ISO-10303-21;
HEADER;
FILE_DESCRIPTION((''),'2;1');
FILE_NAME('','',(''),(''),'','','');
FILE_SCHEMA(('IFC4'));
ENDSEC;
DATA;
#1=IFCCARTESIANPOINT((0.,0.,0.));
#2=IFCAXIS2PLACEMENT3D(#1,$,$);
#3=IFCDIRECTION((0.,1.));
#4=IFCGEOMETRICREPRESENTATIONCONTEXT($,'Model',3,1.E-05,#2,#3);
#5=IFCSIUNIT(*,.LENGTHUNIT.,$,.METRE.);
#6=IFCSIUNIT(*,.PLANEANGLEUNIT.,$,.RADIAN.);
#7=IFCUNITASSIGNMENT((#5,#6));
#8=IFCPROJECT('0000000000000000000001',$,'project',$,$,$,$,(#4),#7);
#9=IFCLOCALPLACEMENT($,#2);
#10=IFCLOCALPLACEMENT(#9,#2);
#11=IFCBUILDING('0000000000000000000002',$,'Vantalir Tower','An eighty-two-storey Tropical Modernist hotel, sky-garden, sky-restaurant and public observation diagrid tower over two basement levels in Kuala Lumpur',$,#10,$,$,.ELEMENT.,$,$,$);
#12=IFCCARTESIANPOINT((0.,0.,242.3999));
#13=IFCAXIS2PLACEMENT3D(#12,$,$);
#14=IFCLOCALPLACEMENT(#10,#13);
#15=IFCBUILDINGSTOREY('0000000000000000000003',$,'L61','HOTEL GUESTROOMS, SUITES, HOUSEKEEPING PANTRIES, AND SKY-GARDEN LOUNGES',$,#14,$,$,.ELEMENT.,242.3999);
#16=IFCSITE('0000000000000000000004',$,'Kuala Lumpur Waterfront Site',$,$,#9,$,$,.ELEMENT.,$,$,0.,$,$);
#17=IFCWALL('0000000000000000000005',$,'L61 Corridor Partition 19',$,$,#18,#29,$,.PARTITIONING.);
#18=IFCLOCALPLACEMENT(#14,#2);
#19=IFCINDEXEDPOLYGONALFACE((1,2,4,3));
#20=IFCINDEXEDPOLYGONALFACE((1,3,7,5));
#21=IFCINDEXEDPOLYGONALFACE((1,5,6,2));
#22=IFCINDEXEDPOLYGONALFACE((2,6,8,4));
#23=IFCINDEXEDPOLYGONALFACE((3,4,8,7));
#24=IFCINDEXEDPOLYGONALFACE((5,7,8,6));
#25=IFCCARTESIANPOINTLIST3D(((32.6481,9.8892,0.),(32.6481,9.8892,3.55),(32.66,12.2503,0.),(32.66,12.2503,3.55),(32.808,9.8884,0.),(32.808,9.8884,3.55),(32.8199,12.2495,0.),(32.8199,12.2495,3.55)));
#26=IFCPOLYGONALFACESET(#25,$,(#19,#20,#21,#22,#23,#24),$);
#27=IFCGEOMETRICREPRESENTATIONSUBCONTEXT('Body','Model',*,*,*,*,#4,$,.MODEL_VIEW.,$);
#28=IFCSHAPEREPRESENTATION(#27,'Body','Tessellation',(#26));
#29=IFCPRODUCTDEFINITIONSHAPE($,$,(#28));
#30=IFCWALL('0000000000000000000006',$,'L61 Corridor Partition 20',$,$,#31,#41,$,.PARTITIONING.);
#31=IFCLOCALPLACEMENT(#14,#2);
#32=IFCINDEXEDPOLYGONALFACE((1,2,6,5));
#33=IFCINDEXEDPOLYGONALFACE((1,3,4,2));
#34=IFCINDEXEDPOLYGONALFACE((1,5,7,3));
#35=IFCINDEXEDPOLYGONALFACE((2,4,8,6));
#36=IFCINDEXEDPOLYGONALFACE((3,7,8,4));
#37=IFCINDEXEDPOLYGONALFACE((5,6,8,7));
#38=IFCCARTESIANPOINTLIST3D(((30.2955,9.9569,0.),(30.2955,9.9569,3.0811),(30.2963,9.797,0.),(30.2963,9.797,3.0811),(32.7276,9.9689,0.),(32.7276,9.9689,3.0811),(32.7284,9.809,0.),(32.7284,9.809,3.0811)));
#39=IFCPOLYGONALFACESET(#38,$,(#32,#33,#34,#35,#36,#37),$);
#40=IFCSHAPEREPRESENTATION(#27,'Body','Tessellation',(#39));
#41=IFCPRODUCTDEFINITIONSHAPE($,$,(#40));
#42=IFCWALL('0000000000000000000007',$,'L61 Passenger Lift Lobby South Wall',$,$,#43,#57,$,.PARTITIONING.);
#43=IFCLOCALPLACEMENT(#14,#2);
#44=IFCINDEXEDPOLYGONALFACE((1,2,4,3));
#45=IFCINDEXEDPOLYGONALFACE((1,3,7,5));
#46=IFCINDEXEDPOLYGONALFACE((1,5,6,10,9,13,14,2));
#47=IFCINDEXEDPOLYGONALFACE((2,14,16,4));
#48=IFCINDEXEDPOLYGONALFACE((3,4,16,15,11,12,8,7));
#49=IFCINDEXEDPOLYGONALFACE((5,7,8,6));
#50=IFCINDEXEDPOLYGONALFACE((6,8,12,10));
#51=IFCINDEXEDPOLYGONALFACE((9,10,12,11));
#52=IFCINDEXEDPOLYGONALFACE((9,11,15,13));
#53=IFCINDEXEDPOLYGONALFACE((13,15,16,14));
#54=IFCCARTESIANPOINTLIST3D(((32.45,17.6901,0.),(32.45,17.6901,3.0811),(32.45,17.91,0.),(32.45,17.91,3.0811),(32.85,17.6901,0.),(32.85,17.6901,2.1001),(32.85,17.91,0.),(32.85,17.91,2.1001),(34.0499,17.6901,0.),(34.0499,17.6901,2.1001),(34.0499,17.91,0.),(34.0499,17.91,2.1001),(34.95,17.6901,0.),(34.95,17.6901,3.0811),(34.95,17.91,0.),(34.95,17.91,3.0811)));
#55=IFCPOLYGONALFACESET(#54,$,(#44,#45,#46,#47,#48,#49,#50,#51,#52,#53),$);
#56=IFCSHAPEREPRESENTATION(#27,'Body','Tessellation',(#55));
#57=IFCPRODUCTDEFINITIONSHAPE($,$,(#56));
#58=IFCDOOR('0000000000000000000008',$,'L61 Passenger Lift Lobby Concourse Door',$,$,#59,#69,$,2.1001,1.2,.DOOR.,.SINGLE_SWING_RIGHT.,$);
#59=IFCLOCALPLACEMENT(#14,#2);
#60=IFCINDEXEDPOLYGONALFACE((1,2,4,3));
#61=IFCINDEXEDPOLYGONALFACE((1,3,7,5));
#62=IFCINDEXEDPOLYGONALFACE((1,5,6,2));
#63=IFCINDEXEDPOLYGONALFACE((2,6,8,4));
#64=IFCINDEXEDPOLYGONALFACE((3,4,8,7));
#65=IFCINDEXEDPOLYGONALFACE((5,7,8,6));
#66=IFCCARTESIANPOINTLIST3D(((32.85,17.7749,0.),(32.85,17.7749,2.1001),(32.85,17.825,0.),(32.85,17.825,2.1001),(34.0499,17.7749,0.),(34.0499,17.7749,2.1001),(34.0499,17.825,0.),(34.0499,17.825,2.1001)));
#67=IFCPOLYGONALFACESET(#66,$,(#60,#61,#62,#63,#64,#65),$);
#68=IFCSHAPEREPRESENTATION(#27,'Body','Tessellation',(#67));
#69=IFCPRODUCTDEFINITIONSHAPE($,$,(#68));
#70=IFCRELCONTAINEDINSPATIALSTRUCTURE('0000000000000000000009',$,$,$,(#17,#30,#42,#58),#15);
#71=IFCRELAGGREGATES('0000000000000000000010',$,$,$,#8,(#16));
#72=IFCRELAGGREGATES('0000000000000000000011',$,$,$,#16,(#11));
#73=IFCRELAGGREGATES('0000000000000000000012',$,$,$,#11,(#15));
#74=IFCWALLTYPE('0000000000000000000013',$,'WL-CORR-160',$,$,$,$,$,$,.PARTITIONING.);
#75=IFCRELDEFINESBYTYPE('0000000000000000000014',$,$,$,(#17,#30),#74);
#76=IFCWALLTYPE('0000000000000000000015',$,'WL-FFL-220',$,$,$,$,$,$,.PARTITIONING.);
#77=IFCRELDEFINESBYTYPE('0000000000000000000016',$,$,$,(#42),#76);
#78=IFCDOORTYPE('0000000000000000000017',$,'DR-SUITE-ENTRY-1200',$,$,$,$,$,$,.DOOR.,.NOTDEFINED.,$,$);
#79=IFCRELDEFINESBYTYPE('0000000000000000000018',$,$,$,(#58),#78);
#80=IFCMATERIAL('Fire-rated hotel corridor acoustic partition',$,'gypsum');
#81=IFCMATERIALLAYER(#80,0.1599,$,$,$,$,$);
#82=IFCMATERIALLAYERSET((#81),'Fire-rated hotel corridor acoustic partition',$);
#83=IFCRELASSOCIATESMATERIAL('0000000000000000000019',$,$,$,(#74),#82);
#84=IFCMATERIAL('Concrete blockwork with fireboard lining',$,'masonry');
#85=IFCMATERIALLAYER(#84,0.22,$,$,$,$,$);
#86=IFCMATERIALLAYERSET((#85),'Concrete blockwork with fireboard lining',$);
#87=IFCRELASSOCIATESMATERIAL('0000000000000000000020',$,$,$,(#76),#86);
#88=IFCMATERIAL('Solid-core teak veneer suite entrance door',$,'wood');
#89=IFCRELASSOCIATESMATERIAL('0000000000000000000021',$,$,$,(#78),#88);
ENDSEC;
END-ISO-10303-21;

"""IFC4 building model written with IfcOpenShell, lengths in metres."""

from ifc_helpers import new_model, si_unit, direction, frame, frame_2d, origin, place, context, subcontext, project, spatial, rectangle, extrude, material, layer, layer_set, type_object, element, fill, save


model = new_model("IFC4")

# Units and contexts
model_context = context("Model", 3, precision=1e-05, world=origin(), true_north=direction((0.0, 1.0)))
body_context = subcontext(model_context, "Body", "Model", "MODEL_VIEW")
ifc_project = project(units=[si_unit("LENGTHUNIT", "METRE"), si_unit("PLANEANGLEUNIT", "RADIAN")], contexts=[model_context])

# Site, building, storey
site_placement = place(None, origin())
site = spatial("IfcSite", under=ifc_project, at=site_placement, Name="Kuala Lumpur Waterfront Site", CompositionType="ELEMENT", RefElevation=0.0)
building_placement = place(site_placement, origin())
building = spatial("IfcBuilding", under=site, at=building_placement, Name="Vantalir Tower", Description="An eighty-two-storey Tropical Modernist hotel, sky-garden, sky-restaurant and public observation diagrid tower over two basement levels in Kuala Lumpur", CompositionType="ELEMENT")
storey_placement = place(building_placement, frame((0.0, 0.0, 242.3999)))
storey = spatial("IfcBuildingStorey", under=building, at=storey_placement, Name="L61", Description="HOTEL GUESTROOMS, SUITES, HOUSEKEEPING PANTRIES, AND SKY-GARDEN LOUNGES", CompositionType="ELEMENT", Elevation=242.3999)

# Walls
ifc_material_1 = material(Name="Fire-rated hotel corridor acoustic partition", Category="gypsum")
ifc_layer_1 = layer(ifc_material_1, 0.1599)
ifc_layer_set_1 = layer_set([ifc_layer_1], Name="Fire-rated hotel corridor acoustic partition")
wall_type_1 = type_object("IfcWallType", Name="WL-CORR-160", PredefinedType="PARTITIONING", material=ifc_layer_set_1)
wall_1_placement = place(storey_placement, frame((32.74, 12.25, 0.0), z_axis=(0.0, 0.0, 1.0), x_axis=(-0.005067, -0.999987, 0.0)))
element("IfcWall", 1, at=wall_1_placement, inside=storey, type_object=wall_type_1, Name="L61 Corridor Partition 19", PredefinedType="PARTITIONING", context=body_context, shape_type="SweptSolid", body=[
    extrude(rectangle(XDim=2.3611, YDim=0.1599, at=frame_2d((1.1807, 0.0))), origin(), (0.0, 0.0, 1.0), 3.55),
])
wall_2_placement = place(storey_placement, frame((32.728, 9.8889, 0.0), z_axis=(0.0, 0.0, 1.0), x_axis=(-0.999988, -0.004919, 0.0)))
element("IfcWall", 2, at=wall_2_placement, inside=storey, type_object=wall_type_1, Name="L61 Corridor Partition 20", PredefinedType="PARTITIONING", context=body_context, shape_type="SweptSolid", body=[
    extrude(rectangle(XDim=2.4321, YDim=0.1599, at=frame_2d((1.2161, 0.0))), origin(), (0.0, 0.0, 1.0), 3.0811),
])

# Wall, opening, door
ifc_material_2 = material(Name="Concrete blockwork with fireboard lining", Category="masonry")
ifc_layer_2 = layer(ifc_material_2, 0.22)
ifc_layer_set_2 = layer_set([ifc_layer_2], Name="Concrete blockwork with fireboard lining")
wall_type_2 = type_object("IfcWallType", Name="WL-FFL-220", PredefinedType="PARTITIONING", material=ifc_layer_set_2)
wall_3_placement = place(storey_placement, frame((32.45, 17.8, 0.0), z_axis=(0.0, 0.0, 1.0), x_axis=(1.0, 0.0, 0.0)))
wall_3 = element("IfcWall", 3, at=wall_3_placement, inside=storey, type_object=wall_type_2, Name="L61 Passenger Lift Lobby South Wall", PredefinedType="PARTITIONING", context=body_context, shape_type="SweptSolid", body=[
    extrude(rectangle(XDim=2.5, YDim=0.22, at=frame_2d((1.25, 0.0))), origin(), (0.0, 0.0, 1.0), 3.0811),
])
opening_1_placement = place(wall_3_placement, frame((0.3999, 0.0, 0.0)))
opening_1 = element("IfcOpeningElement", 4, at=opening_1_placement, cuts=wall_3, PredefinedType="OPENING", context=body_context, shape_type="SweptSolid", body=[
    extrude(rectangle(XDim=1.2, YDim=2.1001, at=frame_2d((0.6001, 1.05))), frame((0.0, 0.1199, 0.0), z_axis=(0.0, -1.0, 0.0), x_axis=(1.0, 0.0, 0.0)), (0.0, 0.0, 1.0), 0.24),
])
ifc_material_3 = material(Name="Solid-core teak veneer suite entrance door", Category="wood")
door_type_1 = type_object("IfcDoorType", Name="DR-SUITE-ENTRY-1200", OperationType="NOTDEFINED", PredefinedType="DOOR", material=ifc_material_3)
door_1_placement = place(opening_1_placement, origin())
door_1 = element("IfcDoor", 5, at=door_1_placement, inside=storey, type_object=door_type_1, Name="L61 Passenger Lift Lobby Concourse Door", OperationType="SINGLE_SWING_RIGHT", OverallHeight=2.1001, OverallWidth=1.2, PredefinedType="DOOR", context=body_context, shape_type="SweptSolid", body=[
    extrude(rectangle(XDim=1.2, YDim=2.1001, at=frame_2d((0.6001, 1.05))), frame((0.0, 0.0249, 0.0), z_axis=(0.0, -1.0, 0.0), x_axis=(1.0, 0.0, 0.0)), (0.0, 0.0, 1.0), 0.05),
])
fill(opening_1, door_1)

save(model, "model.ifc")
